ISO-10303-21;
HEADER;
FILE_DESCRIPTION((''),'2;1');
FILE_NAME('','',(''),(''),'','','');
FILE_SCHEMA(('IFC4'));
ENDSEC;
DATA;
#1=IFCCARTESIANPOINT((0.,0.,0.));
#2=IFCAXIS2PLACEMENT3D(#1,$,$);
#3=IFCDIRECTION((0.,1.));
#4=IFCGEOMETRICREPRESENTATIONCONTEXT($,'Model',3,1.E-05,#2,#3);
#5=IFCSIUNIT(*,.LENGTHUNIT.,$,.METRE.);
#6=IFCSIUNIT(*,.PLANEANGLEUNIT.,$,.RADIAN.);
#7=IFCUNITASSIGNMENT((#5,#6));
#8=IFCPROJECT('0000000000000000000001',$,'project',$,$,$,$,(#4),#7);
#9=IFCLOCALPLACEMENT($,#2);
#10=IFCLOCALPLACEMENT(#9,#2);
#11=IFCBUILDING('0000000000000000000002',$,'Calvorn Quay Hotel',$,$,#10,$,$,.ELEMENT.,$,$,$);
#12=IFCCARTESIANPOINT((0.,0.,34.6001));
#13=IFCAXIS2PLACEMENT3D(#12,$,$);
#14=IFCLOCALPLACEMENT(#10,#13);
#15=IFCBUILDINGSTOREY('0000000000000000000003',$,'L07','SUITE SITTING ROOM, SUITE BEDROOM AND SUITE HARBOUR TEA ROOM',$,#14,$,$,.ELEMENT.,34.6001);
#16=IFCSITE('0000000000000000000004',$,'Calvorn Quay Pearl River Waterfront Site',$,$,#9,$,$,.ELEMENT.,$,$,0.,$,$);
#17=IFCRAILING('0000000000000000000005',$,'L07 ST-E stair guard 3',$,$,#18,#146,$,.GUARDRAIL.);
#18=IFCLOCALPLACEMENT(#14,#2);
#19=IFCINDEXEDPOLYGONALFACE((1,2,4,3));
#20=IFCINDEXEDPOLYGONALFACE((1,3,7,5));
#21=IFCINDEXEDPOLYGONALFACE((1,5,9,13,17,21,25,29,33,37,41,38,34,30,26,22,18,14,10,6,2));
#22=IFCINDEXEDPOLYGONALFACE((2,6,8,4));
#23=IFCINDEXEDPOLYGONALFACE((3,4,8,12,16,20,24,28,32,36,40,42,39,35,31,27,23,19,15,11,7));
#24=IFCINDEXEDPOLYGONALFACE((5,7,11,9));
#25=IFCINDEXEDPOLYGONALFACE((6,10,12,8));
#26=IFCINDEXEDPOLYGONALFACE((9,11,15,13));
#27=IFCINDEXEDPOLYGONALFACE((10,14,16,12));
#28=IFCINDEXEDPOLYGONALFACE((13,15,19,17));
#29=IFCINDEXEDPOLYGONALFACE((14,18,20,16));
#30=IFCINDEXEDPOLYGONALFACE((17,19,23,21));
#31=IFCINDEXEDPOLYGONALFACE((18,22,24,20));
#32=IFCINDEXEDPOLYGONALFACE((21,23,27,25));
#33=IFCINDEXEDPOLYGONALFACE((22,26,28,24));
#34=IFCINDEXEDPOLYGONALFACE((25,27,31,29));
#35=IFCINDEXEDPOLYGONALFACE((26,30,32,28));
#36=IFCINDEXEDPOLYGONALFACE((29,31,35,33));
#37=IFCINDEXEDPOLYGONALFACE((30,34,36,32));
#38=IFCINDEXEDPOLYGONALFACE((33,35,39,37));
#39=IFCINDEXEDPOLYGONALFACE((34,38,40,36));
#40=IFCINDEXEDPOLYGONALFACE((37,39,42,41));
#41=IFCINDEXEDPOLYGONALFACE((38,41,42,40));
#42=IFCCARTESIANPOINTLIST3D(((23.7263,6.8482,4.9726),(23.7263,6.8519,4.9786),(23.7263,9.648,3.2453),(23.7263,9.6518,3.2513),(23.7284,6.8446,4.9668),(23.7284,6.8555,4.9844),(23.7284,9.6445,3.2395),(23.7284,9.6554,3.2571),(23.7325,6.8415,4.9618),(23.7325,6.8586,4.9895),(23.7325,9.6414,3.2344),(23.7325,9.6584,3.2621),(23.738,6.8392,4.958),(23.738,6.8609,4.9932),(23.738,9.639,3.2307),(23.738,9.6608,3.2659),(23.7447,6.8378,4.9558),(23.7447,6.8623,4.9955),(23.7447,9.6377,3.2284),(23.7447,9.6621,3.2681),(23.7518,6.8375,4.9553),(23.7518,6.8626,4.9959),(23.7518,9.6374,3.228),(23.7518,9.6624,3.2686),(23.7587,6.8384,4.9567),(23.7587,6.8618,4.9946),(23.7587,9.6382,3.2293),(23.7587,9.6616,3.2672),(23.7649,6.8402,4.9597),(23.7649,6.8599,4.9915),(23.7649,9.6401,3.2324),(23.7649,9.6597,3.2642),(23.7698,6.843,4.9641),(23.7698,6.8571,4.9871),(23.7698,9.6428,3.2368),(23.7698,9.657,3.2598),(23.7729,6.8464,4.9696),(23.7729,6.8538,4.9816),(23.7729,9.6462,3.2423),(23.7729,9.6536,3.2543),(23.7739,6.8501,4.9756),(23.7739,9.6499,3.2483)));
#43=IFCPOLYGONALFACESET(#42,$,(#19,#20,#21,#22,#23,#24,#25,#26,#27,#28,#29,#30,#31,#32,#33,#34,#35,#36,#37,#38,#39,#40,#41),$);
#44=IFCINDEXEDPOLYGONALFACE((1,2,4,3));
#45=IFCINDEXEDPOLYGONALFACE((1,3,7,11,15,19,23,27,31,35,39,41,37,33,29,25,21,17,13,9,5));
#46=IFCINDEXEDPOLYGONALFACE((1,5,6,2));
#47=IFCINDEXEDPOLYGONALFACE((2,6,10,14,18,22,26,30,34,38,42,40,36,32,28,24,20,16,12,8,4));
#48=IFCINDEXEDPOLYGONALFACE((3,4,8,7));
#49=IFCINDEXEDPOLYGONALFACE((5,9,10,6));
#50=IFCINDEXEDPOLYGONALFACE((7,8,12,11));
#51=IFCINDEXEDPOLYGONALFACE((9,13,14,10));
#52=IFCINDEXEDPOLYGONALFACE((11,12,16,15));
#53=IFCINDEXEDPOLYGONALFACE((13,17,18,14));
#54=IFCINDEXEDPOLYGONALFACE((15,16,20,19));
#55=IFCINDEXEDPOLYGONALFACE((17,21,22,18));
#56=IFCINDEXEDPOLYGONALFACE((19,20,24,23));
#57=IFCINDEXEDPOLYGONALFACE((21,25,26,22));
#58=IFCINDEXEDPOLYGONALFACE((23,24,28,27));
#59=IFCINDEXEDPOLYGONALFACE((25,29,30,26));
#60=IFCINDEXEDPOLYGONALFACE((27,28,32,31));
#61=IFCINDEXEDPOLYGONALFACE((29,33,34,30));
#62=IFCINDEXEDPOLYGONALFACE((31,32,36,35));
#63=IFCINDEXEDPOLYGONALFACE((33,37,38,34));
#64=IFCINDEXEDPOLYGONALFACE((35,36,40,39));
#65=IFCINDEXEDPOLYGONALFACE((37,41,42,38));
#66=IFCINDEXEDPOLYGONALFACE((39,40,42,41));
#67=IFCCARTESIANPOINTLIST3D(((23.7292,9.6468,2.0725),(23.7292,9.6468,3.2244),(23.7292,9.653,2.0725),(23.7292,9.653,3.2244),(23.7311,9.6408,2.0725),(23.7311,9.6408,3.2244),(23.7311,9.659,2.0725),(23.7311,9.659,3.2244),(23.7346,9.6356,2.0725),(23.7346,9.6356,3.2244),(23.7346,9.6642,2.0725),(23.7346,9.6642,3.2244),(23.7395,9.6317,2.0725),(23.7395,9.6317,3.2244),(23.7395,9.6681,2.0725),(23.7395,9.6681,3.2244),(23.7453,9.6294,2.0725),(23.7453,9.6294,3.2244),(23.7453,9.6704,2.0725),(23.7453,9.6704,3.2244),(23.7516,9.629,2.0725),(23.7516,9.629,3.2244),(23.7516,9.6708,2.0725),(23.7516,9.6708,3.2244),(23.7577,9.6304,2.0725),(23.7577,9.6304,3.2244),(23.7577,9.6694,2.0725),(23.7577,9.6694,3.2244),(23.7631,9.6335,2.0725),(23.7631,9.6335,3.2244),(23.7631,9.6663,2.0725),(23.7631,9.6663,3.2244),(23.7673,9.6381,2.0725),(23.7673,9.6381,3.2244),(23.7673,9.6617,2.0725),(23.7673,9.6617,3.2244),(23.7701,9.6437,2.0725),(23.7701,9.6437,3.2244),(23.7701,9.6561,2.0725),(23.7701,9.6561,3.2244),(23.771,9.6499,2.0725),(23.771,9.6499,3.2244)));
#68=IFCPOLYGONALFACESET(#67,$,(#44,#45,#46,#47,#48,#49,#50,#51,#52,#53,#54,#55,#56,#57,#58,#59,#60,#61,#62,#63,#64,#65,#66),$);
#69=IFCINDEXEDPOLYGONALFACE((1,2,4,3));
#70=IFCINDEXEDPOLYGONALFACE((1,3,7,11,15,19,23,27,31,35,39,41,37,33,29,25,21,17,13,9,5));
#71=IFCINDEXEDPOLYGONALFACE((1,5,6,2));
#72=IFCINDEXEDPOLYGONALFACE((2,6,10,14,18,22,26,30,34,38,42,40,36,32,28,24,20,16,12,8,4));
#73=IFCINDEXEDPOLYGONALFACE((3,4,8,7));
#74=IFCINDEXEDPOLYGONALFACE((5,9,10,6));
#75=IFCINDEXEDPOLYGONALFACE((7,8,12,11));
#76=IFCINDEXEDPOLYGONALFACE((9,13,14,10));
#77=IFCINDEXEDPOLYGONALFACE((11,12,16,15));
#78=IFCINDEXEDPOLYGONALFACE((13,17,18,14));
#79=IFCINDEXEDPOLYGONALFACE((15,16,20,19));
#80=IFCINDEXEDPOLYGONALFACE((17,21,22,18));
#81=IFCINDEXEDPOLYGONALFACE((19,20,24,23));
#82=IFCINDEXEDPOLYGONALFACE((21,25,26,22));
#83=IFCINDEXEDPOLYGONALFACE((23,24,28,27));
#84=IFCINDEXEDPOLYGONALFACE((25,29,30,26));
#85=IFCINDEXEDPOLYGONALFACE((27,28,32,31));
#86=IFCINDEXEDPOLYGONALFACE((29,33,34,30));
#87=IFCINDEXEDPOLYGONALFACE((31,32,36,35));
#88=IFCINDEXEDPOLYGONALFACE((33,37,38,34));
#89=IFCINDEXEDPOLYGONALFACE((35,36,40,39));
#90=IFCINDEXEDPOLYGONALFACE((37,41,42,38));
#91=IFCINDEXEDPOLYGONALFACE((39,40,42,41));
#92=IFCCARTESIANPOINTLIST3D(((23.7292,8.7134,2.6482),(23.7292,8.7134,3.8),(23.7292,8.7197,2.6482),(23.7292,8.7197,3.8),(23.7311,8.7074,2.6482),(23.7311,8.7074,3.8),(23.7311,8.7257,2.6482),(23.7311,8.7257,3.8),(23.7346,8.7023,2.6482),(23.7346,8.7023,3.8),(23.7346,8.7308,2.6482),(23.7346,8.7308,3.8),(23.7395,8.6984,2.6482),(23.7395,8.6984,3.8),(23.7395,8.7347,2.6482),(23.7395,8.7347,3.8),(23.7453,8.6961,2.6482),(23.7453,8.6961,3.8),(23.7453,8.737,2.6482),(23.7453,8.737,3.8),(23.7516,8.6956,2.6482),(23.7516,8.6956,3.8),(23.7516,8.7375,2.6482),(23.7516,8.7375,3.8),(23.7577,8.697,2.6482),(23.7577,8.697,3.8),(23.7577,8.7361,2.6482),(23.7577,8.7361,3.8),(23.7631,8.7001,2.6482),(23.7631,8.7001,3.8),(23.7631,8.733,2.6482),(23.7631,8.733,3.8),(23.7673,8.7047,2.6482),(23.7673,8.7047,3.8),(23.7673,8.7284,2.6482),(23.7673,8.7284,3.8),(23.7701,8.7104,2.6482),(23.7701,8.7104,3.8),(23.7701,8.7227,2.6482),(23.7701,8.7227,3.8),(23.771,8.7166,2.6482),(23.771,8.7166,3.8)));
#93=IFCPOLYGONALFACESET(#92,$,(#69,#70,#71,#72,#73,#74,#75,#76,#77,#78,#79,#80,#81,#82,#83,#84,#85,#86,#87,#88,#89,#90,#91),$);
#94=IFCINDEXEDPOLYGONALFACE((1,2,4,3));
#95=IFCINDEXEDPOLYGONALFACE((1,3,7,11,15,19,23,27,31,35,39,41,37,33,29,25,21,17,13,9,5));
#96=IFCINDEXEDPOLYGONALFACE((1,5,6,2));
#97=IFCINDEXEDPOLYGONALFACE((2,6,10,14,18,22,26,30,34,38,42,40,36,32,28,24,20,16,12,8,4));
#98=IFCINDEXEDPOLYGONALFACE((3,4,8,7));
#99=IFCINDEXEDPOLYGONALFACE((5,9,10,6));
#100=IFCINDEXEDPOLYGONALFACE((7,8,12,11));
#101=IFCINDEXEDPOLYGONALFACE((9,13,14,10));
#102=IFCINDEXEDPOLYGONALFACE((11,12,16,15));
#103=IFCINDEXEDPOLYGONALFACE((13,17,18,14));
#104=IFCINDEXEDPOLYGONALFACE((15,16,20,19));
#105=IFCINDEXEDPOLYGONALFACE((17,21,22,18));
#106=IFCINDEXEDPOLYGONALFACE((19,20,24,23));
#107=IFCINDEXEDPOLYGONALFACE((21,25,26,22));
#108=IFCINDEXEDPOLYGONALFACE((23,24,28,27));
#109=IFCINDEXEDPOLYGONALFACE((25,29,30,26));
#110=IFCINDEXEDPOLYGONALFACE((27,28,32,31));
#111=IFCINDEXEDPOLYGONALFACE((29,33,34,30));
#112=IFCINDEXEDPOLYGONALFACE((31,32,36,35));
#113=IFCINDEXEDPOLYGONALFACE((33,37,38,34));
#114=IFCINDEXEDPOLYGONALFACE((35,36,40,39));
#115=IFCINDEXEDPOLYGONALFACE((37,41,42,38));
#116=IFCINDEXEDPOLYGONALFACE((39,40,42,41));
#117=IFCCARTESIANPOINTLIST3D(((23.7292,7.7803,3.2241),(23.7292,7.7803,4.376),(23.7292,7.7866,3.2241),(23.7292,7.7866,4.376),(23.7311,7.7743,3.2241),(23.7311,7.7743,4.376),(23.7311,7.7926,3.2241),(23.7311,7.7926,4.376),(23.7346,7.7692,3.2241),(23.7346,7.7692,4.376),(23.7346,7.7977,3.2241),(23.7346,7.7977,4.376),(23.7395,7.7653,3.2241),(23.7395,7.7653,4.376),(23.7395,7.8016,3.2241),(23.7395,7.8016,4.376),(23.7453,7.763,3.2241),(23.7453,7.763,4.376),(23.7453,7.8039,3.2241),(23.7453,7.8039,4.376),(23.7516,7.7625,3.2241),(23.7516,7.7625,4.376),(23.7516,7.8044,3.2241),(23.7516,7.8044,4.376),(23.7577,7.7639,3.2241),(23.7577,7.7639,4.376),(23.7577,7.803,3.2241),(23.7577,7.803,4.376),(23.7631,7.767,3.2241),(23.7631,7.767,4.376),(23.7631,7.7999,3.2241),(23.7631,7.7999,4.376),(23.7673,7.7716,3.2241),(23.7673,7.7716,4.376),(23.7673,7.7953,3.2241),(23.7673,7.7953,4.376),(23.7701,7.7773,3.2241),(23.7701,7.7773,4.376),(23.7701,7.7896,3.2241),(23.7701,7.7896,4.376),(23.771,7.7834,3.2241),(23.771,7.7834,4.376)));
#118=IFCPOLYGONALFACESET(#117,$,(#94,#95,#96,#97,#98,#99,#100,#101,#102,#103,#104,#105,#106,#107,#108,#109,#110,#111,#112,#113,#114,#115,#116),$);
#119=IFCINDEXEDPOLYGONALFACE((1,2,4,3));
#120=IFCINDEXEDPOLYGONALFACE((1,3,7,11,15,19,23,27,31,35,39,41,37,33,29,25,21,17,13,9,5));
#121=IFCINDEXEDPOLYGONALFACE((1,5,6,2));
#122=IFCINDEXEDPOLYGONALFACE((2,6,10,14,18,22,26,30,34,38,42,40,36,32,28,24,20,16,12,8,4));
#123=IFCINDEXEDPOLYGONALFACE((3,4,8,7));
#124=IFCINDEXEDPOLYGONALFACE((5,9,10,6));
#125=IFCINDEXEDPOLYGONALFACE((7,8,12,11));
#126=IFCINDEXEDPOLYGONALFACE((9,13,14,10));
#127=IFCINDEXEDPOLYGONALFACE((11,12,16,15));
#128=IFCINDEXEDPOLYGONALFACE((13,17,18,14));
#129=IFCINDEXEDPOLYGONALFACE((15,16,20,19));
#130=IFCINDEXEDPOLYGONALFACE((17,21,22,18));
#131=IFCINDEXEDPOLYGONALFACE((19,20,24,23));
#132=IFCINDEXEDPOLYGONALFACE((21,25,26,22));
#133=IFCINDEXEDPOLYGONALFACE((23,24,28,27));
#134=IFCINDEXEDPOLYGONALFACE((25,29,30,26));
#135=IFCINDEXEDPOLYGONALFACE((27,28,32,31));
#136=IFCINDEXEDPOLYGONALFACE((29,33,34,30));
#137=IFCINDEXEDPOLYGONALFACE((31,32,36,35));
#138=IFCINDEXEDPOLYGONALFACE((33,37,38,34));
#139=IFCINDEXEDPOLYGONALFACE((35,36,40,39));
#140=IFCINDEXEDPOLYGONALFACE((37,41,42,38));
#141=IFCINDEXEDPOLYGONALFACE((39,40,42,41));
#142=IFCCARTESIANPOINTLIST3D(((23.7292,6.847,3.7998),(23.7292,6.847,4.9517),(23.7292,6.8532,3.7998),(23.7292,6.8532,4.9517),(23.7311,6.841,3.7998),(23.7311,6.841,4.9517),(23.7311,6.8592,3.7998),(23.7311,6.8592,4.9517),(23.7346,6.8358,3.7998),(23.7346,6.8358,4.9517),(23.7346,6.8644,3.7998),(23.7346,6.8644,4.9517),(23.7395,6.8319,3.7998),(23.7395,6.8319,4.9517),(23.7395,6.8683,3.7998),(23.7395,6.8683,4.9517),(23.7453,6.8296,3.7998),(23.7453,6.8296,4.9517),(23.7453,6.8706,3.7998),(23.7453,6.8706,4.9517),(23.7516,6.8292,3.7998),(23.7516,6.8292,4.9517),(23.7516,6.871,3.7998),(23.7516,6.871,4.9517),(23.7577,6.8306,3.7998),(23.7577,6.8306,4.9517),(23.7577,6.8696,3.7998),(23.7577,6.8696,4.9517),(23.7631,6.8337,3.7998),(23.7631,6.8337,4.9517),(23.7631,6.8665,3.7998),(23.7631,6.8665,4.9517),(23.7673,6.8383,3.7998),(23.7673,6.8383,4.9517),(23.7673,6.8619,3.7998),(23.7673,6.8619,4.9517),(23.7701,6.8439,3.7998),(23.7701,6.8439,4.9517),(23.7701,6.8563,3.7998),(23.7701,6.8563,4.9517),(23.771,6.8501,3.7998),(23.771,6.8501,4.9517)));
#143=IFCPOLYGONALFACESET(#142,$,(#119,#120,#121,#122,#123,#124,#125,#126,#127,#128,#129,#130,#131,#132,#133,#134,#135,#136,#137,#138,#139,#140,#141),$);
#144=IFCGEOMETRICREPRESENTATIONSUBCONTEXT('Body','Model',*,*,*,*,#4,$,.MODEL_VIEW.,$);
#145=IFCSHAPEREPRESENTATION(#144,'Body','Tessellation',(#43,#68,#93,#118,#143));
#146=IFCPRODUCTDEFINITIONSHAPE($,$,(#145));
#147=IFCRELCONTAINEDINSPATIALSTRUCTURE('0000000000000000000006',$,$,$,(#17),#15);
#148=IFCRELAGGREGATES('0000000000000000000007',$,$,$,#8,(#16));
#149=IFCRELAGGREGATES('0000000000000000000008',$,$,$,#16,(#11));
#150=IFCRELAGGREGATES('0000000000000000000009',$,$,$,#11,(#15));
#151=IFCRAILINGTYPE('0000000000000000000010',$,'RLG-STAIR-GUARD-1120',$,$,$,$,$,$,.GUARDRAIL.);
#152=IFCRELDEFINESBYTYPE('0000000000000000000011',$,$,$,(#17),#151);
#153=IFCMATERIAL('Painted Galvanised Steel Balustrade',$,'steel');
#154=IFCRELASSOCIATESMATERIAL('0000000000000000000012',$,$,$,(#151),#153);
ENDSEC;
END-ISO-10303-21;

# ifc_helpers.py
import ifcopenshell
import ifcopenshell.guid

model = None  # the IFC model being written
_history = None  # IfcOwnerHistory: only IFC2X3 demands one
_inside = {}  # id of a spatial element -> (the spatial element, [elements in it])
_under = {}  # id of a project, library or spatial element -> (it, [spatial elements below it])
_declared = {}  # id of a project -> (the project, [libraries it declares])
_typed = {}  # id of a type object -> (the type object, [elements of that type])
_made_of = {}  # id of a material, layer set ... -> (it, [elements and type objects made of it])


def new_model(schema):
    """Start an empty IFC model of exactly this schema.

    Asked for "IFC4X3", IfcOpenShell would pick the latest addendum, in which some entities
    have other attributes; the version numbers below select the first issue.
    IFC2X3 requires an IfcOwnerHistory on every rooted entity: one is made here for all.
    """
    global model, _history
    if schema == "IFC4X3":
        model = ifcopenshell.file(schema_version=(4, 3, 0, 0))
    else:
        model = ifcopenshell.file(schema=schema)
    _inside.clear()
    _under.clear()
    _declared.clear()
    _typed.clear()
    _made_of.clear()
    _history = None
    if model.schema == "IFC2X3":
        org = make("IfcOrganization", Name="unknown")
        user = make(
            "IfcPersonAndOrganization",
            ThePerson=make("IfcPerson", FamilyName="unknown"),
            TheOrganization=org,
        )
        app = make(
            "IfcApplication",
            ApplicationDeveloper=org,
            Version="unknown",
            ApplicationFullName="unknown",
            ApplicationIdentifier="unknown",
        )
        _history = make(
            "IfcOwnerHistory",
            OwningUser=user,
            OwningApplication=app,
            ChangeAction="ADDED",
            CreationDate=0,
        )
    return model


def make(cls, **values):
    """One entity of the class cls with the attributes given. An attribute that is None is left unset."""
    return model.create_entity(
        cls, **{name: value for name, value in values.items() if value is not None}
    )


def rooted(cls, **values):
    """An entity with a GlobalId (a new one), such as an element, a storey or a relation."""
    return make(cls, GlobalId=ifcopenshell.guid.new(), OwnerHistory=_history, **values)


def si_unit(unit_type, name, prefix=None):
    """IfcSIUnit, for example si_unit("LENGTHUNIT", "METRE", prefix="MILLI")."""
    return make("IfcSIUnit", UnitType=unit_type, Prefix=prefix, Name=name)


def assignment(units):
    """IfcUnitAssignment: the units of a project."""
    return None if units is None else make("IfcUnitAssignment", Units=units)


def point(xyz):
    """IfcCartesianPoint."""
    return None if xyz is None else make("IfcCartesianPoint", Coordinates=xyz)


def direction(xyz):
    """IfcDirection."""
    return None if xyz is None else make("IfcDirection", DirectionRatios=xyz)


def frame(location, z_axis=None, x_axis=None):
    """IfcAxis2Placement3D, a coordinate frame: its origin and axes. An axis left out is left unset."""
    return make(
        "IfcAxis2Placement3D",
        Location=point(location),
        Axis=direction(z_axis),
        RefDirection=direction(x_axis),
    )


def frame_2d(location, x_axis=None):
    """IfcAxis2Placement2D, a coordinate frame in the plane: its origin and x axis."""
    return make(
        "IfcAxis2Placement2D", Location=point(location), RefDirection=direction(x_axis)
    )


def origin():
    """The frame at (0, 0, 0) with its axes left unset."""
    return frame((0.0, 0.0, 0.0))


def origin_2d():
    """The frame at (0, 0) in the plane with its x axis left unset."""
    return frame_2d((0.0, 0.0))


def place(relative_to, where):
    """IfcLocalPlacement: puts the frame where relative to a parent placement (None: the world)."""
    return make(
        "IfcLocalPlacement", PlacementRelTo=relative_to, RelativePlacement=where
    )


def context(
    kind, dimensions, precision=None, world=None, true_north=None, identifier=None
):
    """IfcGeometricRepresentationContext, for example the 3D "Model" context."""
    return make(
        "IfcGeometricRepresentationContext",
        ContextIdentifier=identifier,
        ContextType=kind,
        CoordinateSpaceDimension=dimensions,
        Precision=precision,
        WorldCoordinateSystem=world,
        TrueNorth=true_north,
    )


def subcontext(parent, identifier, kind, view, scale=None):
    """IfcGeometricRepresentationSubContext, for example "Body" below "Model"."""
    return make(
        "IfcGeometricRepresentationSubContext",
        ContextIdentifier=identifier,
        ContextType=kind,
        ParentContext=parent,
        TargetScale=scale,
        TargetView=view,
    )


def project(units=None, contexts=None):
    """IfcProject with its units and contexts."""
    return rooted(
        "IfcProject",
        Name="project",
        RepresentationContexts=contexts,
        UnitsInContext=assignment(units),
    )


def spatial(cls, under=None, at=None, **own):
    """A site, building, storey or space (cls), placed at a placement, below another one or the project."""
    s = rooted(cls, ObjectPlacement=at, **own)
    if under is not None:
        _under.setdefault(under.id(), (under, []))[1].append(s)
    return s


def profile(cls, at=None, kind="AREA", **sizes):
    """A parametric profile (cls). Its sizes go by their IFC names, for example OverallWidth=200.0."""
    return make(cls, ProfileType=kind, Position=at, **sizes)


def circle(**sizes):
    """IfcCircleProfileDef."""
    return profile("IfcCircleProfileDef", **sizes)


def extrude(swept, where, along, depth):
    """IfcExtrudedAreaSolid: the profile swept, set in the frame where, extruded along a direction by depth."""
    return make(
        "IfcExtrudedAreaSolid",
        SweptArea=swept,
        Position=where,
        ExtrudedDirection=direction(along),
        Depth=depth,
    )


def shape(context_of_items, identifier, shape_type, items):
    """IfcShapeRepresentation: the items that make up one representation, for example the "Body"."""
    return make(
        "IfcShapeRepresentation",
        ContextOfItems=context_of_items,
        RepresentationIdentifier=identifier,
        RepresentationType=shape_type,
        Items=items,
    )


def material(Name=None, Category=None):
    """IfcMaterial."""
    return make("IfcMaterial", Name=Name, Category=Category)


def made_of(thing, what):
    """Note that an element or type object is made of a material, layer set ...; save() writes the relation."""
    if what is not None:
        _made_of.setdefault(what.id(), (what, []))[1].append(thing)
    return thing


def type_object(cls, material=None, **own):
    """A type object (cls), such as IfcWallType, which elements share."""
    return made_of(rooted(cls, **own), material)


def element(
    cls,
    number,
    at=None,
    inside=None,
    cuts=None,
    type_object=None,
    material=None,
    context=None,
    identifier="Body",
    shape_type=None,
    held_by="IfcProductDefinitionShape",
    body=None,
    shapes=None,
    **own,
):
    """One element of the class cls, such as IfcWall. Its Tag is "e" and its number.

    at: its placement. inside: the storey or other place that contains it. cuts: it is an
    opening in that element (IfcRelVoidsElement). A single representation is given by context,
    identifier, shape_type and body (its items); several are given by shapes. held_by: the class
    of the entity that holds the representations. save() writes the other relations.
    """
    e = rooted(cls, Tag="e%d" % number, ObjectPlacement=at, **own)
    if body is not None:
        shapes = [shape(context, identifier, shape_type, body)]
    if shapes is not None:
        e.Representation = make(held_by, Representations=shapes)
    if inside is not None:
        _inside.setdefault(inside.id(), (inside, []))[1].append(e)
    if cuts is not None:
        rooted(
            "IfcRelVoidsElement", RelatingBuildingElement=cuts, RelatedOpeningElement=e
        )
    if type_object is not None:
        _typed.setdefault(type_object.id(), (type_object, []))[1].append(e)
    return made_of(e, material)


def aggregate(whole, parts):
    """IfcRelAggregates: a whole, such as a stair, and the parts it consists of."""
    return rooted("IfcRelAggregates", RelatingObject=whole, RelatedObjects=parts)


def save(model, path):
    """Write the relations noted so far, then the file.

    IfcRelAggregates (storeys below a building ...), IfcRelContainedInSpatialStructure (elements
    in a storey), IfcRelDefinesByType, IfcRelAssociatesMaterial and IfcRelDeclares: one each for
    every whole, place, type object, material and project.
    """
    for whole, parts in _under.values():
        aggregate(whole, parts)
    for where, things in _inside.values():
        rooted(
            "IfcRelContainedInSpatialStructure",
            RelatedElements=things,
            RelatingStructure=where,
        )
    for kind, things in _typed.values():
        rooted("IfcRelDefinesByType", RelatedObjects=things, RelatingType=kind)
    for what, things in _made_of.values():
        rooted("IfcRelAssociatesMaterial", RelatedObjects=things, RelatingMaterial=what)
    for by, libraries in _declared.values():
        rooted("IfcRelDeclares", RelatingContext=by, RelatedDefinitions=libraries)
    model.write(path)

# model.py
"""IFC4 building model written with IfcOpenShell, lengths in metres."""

from ifc_helpers import new_model, si_unit, direction, frame, origin, origin_2d, place, context, subcontext, project, spatial, circle, extrude, material, type_object, element, save


model = new_model("IFC4")

# Units and contexts
model_context = context("Model", 3, precision=1e-05, world=origin(), true_north=direction((0.0, 1.0)))
body_context = subcontext(model_context, "Body", "Model", "MODEL_VIEW")
ifc_project = project(units=[si_unit("LENGTHUNIT", "METRE"), si_unit("PLANEANGLEUNIT", "RADIAN")], contexts=[model_context])

# Site, building, storey
site_placement = place(None, origin())
site = spatial("IfcSite", under=ifc_project, at=site_placement, Name="Calvorn Quay Pearl River Waterfront Site", CompositionType="ELEMENT", RefElevation=0.0)
building_placement = place(site_placement, origin())
building = spatial("IfcBuilding", under=site, at=building_placement, Name="Calvorn Quay Hotel", CompositionType="ELEMENT")
storey_placement = place(building_placement, frame((0.0, 0.0, 34.6001)))
storey = spatial("IfcBuildingStorey", under=building, at=storey_placement, Name="L07", Description="SUITE SITTING ROOM, SUITE BEDROOM AND SUITE HARBOUR TEA ROOM", CompositionType="ELEMENT", Elevation=34.6001)

# Railing
ifc_material_1 = material(Name="Painted Galvanised Steel Balustrade", Category="steel")
railing_type_1 = type_object("IfcRailingType", Name="RLG-STAIR-GUARD-1120", PredefinedType="GUARDRAIL", material=ifc_material_1)
railing_1_placement = place(storey_placement, frame((23.75, 9.6499, 2.0725)))
element("IfcRailing", 1, at=railing_1_placement, inside=storey, type_object=railing_type_1, Name="L07 ST-E stair guard 3", PredefinedType="GUARDRAIL", context=body_context, shape_type="SweptSolid", body=[
    extrude(circle(Radius=0.0239, at=origin_2d()), frame((0.0, 0.0, 1.1758), z_axis=(0.0, -0.851069, 0.525054), x_axis=(1.0, 0.0, 0.0)), (0.0, 0.0, 1.0), 3.2898),
    extrude(circle(Radius=0.021, at=origin_2d()), origin(), (0.0, 0.0, 1.0), 1.1519),
    extrude(circle(Radius=0.021, at=origin_2d()), frame((0.0, -0.9333, 0.5757)), (0.0, 0.0, 1.0), 1.1519),
    extrude(circle(Radius=0.021, at=origin_2d()), frame((0.0, -1.8665, 1.1516)), (0.0, 0.0, 1.0), 1.1519),
    extrude(circle(Radius=0.021, at=origin_2d()), frame((0.0, -2.7998, 1.7273)), (0.0, 0.0, 1.0), 1.1519),
])

save(model, "model.ifc")
